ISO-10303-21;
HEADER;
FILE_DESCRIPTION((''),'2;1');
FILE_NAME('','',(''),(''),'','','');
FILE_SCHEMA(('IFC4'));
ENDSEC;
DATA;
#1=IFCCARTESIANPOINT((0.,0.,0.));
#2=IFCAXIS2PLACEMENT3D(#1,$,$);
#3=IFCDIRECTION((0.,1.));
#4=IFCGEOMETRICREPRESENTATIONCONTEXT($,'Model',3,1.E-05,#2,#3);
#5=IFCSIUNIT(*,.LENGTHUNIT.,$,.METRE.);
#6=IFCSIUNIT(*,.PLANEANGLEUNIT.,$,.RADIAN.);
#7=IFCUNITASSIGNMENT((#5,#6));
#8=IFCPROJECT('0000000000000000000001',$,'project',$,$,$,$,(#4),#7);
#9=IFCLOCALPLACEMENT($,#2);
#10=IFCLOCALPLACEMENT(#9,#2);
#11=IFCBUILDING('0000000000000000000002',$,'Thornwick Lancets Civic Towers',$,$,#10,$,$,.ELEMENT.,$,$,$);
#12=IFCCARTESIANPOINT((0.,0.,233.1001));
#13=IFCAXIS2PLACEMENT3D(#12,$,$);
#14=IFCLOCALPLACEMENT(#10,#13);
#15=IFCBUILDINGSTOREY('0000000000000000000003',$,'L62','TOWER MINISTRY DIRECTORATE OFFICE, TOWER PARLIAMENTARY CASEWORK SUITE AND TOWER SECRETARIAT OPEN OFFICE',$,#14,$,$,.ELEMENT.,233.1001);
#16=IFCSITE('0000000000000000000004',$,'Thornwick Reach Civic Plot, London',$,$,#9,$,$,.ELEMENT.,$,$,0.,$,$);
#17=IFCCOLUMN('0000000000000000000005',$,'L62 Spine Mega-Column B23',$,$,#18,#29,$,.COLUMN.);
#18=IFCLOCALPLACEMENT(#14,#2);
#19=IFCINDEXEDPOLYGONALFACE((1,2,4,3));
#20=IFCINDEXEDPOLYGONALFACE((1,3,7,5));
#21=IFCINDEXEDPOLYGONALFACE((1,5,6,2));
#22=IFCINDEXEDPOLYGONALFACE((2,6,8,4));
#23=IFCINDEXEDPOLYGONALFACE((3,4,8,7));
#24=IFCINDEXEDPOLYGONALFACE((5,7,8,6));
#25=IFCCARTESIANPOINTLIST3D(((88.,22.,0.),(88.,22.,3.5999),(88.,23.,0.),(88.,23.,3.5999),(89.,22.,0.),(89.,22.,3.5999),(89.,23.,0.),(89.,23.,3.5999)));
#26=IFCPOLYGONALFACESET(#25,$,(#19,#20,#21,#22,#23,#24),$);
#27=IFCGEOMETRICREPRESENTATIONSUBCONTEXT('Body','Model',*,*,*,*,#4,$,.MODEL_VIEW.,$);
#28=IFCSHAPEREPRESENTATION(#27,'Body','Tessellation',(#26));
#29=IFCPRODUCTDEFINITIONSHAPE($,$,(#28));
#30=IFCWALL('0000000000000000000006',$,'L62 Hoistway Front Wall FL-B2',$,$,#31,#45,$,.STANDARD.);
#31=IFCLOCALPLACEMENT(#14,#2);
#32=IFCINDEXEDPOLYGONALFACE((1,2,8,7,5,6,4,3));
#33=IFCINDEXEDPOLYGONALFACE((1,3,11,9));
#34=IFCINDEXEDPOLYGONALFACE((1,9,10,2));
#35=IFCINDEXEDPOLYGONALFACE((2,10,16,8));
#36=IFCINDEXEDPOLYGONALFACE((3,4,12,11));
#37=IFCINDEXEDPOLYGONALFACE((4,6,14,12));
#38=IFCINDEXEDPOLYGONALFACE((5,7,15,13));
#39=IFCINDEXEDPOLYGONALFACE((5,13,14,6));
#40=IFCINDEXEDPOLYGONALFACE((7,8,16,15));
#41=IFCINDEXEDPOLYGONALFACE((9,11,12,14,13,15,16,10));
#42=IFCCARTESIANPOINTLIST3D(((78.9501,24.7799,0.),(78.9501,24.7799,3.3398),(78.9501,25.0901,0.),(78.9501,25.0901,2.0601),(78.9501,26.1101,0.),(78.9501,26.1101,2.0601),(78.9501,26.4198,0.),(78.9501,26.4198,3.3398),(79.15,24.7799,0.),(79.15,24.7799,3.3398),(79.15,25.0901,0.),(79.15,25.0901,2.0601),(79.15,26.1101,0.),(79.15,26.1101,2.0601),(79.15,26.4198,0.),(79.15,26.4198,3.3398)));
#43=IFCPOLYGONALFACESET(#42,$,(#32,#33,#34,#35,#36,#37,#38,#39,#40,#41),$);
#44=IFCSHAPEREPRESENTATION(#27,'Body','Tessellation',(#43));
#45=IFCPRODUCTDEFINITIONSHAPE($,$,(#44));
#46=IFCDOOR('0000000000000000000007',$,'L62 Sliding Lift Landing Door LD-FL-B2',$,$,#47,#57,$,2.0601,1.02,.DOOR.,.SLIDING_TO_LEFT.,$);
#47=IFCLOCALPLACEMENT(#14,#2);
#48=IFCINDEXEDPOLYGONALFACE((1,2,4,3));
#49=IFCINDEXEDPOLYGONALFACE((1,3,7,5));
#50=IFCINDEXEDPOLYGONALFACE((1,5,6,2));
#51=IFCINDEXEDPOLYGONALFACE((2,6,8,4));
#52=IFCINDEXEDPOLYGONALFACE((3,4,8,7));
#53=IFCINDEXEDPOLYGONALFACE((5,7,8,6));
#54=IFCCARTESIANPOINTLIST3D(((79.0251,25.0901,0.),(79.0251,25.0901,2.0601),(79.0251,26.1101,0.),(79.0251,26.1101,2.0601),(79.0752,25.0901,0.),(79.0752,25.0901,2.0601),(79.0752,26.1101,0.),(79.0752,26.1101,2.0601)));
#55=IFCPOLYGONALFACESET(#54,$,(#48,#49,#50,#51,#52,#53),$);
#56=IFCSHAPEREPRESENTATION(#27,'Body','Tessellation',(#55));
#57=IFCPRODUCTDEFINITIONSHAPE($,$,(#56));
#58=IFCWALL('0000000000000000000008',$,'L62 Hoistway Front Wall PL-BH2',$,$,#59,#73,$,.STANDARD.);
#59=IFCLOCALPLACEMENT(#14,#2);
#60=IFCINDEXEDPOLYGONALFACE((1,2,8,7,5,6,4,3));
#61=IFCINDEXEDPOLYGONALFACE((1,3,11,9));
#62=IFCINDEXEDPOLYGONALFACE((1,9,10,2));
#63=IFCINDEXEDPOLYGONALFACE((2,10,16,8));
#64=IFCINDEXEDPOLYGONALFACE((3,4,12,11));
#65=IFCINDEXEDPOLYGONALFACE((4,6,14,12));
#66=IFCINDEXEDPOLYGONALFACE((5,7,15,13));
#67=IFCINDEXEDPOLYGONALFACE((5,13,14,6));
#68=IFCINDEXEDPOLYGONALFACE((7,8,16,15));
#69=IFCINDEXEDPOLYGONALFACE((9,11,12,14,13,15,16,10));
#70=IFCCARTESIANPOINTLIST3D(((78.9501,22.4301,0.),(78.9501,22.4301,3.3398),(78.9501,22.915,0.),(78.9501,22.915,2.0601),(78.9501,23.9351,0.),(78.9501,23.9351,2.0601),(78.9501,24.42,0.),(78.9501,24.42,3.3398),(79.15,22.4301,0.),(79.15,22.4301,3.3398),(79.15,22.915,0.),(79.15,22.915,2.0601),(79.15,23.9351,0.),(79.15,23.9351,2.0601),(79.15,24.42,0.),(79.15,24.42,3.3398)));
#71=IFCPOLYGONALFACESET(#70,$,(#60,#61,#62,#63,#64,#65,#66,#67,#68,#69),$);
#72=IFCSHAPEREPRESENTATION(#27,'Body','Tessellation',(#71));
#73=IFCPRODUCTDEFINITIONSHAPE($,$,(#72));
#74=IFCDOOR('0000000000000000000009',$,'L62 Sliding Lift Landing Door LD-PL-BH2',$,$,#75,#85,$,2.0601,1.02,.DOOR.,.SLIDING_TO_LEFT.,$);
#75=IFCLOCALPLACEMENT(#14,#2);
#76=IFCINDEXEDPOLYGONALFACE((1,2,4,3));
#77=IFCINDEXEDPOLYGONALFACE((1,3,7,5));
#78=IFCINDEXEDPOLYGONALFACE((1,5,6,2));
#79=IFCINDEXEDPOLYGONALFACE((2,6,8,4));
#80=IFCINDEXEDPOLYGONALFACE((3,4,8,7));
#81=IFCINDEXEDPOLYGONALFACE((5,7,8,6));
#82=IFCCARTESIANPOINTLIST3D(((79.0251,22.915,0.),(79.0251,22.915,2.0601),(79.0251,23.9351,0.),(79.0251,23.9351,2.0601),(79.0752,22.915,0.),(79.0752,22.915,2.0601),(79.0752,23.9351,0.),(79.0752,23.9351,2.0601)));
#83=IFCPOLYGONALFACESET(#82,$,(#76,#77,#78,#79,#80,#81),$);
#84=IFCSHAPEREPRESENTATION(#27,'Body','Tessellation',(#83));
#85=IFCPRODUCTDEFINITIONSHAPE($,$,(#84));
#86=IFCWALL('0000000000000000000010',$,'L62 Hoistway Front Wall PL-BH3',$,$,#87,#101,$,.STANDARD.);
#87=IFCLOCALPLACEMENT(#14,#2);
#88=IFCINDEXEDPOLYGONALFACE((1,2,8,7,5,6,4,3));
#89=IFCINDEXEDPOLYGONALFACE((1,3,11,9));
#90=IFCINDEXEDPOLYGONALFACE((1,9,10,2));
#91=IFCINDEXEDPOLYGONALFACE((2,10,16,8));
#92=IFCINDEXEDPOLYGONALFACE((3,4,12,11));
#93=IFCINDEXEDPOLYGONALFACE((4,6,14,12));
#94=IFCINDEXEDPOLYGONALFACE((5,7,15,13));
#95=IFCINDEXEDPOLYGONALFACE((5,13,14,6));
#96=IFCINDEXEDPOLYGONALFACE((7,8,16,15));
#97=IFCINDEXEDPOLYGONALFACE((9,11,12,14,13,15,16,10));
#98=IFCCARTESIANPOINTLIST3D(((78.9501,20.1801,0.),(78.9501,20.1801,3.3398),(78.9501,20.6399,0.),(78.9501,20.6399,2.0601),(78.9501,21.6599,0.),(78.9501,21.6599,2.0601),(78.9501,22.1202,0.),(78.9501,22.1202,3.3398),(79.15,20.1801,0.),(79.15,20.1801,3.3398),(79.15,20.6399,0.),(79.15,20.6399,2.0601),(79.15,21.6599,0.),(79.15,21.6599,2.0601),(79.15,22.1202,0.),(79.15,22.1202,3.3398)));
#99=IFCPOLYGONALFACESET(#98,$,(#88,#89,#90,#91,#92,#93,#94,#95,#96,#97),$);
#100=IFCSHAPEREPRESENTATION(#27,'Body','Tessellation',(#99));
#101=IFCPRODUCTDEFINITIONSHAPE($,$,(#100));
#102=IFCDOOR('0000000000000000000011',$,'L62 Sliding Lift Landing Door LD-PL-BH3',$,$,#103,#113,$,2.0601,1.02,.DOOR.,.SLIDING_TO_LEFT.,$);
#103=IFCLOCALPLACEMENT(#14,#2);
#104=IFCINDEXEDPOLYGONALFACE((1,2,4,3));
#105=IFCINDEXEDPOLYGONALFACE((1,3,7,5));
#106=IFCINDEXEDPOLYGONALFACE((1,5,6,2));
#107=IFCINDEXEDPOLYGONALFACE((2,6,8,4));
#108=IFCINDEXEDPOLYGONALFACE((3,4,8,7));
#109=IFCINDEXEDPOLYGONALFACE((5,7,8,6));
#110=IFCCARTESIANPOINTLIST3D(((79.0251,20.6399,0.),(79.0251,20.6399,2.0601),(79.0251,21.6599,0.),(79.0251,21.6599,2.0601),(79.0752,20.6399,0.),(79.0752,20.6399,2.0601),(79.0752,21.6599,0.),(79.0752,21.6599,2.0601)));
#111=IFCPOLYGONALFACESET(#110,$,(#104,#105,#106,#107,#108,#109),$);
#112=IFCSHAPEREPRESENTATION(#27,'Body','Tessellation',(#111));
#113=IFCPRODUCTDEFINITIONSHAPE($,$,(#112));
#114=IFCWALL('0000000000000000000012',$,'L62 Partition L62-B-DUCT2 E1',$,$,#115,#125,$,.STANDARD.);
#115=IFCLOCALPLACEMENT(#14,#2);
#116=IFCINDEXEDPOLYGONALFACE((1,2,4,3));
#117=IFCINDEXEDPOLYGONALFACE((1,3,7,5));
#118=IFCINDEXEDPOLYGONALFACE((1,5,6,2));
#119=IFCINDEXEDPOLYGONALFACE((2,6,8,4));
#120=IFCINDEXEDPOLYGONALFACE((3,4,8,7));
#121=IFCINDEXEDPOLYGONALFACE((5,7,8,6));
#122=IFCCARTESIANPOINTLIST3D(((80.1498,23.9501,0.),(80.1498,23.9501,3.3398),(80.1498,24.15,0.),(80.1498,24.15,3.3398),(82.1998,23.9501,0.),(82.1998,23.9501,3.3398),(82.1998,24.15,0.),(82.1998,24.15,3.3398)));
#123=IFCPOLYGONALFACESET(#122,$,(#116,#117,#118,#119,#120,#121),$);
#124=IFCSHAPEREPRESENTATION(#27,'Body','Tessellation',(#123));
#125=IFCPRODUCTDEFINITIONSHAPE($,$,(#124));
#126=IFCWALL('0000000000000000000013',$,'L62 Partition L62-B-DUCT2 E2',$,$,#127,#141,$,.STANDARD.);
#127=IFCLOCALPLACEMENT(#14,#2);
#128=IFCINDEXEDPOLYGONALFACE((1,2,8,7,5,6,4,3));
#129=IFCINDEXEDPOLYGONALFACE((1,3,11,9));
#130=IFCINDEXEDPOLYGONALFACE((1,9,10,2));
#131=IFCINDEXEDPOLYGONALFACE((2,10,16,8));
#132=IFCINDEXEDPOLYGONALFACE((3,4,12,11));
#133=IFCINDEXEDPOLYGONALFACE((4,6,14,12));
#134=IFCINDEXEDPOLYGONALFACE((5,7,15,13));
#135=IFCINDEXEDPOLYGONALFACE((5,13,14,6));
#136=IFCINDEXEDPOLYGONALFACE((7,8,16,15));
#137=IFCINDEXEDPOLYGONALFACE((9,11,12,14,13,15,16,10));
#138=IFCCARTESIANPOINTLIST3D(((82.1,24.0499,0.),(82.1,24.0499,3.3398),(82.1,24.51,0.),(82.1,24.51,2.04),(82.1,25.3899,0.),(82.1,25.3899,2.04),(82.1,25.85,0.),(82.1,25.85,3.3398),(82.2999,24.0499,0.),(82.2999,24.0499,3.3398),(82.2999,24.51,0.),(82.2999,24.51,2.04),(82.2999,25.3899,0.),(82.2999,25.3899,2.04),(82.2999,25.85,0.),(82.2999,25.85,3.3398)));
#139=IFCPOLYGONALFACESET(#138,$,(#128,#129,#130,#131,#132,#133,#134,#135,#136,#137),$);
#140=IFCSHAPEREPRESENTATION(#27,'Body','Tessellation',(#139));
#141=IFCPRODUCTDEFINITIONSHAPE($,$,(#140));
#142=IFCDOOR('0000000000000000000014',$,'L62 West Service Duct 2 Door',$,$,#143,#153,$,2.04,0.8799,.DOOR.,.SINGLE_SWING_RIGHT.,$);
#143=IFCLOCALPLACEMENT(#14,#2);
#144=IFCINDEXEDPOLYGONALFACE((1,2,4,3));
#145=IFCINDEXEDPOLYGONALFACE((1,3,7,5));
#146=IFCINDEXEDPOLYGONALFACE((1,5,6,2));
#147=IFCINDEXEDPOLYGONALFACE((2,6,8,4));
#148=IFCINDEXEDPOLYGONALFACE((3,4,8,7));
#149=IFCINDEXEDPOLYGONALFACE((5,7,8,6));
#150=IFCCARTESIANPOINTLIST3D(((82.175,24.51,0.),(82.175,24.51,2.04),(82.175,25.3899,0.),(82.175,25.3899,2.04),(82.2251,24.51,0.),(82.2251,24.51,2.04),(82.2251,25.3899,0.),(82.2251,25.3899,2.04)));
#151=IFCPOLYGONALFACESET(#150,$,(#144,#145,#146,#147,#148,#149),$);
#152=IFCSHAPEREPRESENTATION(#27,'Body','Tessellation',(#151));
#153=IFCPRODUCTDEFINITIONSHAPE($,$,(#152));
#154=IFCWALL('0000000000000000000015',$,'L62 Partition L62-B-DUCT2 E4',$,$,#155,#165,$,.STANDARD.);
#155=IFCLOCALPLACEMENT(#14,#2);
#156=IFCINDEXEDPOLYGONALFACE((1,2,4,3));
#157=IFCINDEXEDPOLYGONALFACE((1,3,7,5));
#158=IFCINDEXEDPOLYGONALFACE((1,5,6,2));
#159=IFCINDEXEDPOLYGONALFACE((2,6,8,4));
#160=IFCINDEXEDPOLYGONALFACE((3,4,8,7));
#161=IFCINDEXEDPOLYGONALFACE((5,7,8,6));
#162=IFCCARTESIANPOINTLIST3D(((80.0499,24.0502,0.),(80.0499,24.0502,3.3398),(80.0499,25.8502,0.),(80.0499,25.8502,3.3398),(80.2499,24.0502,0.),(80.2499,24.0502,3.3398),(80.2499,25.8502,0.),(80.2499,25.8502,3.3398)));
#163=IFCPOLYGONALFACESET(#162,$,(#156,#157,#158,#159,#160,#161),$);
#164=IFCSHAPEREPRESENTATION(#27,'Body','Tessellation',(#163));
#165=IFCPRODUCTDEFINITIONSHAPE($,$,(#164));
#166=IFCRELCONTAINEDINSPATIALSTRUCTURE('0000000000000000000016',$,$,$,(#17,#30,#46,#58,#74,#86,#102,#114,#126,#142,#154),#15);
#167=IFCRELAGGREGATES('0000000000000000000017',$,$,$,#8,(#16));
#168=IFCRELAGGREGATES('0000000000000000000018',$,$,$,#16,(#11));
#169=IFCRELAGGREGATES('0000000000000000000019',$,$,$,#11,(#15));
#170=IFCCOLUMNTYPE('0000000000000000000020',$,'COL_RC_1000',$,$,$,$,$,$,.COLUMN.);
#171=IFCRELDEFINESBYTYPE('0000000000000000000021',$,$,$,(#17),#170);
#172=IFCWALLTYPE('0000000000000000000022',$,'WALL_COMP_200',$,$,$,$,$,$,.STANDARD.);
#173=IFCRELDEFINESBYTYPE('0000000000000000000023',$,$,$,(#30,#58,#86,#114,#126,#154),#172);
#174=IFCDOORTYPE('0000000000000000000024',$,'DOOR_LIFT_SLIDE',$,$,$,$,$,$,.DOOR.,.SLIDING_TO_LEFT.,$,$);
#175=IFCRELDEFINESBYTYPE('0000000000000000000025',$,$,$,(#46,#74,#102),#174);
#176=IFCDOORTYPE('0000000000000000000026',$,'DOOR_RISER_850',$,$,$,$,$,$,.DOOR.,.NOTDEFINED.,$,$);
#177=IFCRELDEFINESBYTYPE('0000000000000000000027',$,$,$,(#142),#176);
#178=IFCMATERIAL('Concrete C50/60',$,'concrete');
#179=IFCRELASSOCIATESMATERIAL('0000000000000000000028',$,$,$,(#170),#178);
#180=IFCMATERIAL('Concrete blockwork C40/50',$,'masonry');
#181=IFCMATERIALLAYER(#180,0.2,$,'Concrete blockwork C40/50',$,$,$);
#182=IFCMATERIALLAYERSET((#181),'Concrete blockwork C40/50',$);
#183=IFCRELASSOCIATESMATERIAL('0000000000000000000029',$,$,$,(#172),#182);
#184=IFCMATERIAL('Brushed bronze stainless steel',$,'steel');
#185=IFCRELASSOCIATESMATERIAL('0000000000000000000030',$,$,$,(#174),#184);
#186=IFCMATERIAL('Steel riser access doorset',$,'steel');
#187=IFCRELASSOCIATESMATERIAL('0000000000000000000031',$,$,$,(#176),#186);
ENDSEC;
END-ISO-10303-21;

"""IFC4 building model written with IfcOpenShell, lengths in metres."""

from ifc_helpers import new_model, si_unit, direction, frame, frame_2d, origin, origin_2d, place, context, subcontext, project, spatial, rectangle, extrude, material, layer, layer_set, material_profile, profile_set, type_object, element, fill, save


model = new_model("IFC4")

# Units and contexts
model_context = context("Model", 3, precision=1e-05, world=origin(), true_north=direction((0.0, 1.0)))
body_context = subcontext(model_context, "Body", "Model", "MODEL_VIEW")
ifc_project = project(units=[si_unit("LENGTHUNIT", "METRE"), si_unit("PLANEANGLEUNIT", "RADIAN")], contexts=[model_context])

# Site, building, storey
site_placement = place(None, origin())
site = spatial("IfcSite", under=ifc_project, at=site_placement, Name="Thornwick Reach Civic Plot, London", CompositionType="ELEMENT", RefElevation=0.0)
building_placement = place(site_placement, origin())
building = spatial("IfcBuilding", under=site, at=building_placement, Name="Thornwick Lancets Civic Towers", CompositionType="ELEMENT")
storey_placement = place(building_placement, frame((0.0, 0.0, 233.1001)))
storey = spatial("IfcBuildingStorey", under=building, at=storey_placement, Name="L62", Description="TOWER MINISTRY DIRECTORATE OFFICE, TOWER PARLIAMENTARY CASEWORK SUITE AND TOWER SECRETARIAT OPEN OFFICE", CompositionType="ELEMENT", Elevation=233.1001)

# Column
ifc_material_1 = material(Name="Concrete C50/60", Category="concrete")
ifc_material_profile = material_profile(ifc_material_1, rectangle(XDim=1.0, YDim=1.0, at=origin_2d()), Name="RC 1000x1000")
ifc_profile_set = profile_set([ifc_material_profile], Name="Concrete C50/60")
column_type = type_object("IfcColumnType", Name="COL_RC_1000", PredefinedType="COLUMN", material=ifc_profile_set)
column_placement = place(storey_placement, frame((88.5, 22.5, 0.0), z_axis=(0.0, 0.0, 1.0), x_axis=(1.0, 0.0, 0.0)))
element("IfcColumn", 1, at=column_placement, inside=storey, type_object=column_type, Name="L62 Spine Mega-Column B23", PredefinedType="COLUMN", context=body_context, shape_type="SweptSolid", body=[
    extrude(rectangle(XDim=1.0, YDim=1.0, at=origin_2d()), origin(), (0.0, 0.0, 1.0), 3.5999),
])

# Walls, openings, doors
ifc_material_2 = material(Name="Concrete blockwork C40/50", Category="masonry")
ifc_layer_1 = layer(ifc_material_2, 0.2, Name="Concrete blockwork C40/50")
ifc_layer_set_1 = layer_set([ifc_layer_1], Name="Concrete blockwork C40/50")
wall_type_1 = type_object("IfcWallType", Name="WALL_COMP_200", PredefinedType="STANDARD", material=ifc_layer_set_1)
wall_1_placement = place(storey_placement, frame((79.05, 24.78, 0.0), z_axis=(0.0, 0.0, 1.0), x_axis=(0.0, 1.0, 0.0)))
wall_1 = element("IfcWall", 2, at=wall_1_placement, inside=storey, type_object=wall_type_1, Name="L62 Hoistway Front Wall FL-B2", PredefinedType="STANDARD", context=body_context, shape_type="SweptSolid", body=[
    extrude(rectangle(XDim=1.6399, YDim=0.2, at=frame_2d((0.8198, 0.0))), origin(), (0.0, 0.0, 1.0), 3.3398),
])
opening_1_placement = place(wall_1_placement, frame((0.3101, 0.0, 0.0)))
opening_1 = element("IfcOpeningElement", 3, at=opening_1_placement, cuts=wall_1, PredefinedType="OPENING", context=body_context, shape_type="SweptSolid", body=[
    extrude(rectangle(XDim=1.02, YDim=2.0601, at=frame_2d((0.51, 1.03))), frame((0.0, 0.1099, 0.0), z_axis=(0.0, -1.0, 0.0), x_axis=(1.0, 0.0, 0.0)), (0.0, 0.0, 1.0), 0.22),
])
ifc_material_3 = material(Name="Brushed bronze stainless steel", Category="steel")
door_type_1 = type_object("IfcDoorType", Name="DOOR_LIFT_SLIDE", OperationType="SLIDING_TO_LEFT", PredefinedType="DOOR", material=ifc_material_3)
door_1_placement = place(opening_1_placement, origin())
door_1 = element("IfcDoor", 4, at=door_1_placement, inside=storey, type_object=door_type_1, Name="L62 Sliding Lift Landing Door LD-FL-B2", OperationType="SLIDING_TO_LEFT", OverallHeight=2.0601, OverallWidth=1.02, PredefinedType="DOOR", context=body_context, shape_type="SweptSolid", body=[
    extrude(rectangle(XDim=1.02, YDim=2.0601, at=frame_2d((0.51, 1.03))), frame((0.0, 0.0249, 0.0), z_axis=(0.0, -1.0, 0.0), x_axis=(1.0, 0.0, 0.0)), (0.0, 0.0, 1.0), 0.05),
])
fill(opening_1, door_1)
wall_2_placement = place(storey_placement, frame((79.05, 22.4299, 0.0), z_axis=(0.0, 0.0, 1.0), x_axis=(0.0, 1.0, 0.0)))
wall_2 = element("IfcWall", 5, at=wall_2_placement, inside=storey, type_object=wall_type_1, Name="L62 Hoistway Front Wall PL-BH2", PredefinedType="STANDARD", context=body_context, shape_type="SweptSolid", body=[
    extrude(rectangle(XDim=1.99, YDim=0.2, at=frame_2d((0.9951, 0.0))), origin(), (0.0, 0.0, 1.0), 3.3398),
])
opening_2_placement = place(wall_2_placement, frame((0.4851, 0.0, 0.0)))
opening_2 = element("IfcOpeningElement", 6, at=opening_2_placement, cuts=wall_2, PredefinedType="OPENING", context=body_context, shape_type="SweptSolid", body=[
    extrude(rectangle(XDim=1.02, YDim=2.0601, at=frame_2d((0.51, 1.03))), frame((0.0, 0.1099, 0.0), z_axis=(0.0, -1.0, 0.0), x_axis=(1.0, 0.0, 0.0)), (0.0, 0.0, 1.0), 0.22),
])
door_2_placement = place(opening_2_placement, origin())
door_2 = element("IfcDoor", 7, at=door_2_placement, inside=storey, type_object=door_type_1, Name="L62 Sliding Lift Landing Door LD-PL-BH2", OperationType="SLIDING_TO_LEFT", OverallHeight=2.0601, OverallWidth=1.02, PredefinedType="DOOR", context=body_context, shape_type="SweptSolid", body=[
    extrude(rectangle(XDim=1.02, YDim=2.0601, at=frame_2d((0.51, 1.03))), frame((0.0, 0.0249, 0.0), z_axis=(0.0, -1.0, 0.0), x_axis=(1.0, 0.0, 0.0)), (0.0, 0.0, 1.0), 0.05),
])
fill(opening_2, door_2)
wall_3_placement = place(storey_placement, frame((79.05, 20.1799, 0.0), z_axis=(0.0, 0.0, 1.0), x_axis=(0.0, 1.0, 0.0)))
wall_3 = element("IfcWall", 8, at=wall_3_placement, inside=storey, type_object=wall_type_1, Name="L62 Hoistway Front Wall PL-BH3", PredefinedType="STANDARD", context=body_context, shape_type="SweptSolid", body=[
    extrude(rectangle(XDim=1.9402, YDim=0.2, at=frame_2d((0.9702, 0.0))), origin(), (0.0, 0.0, 1.0), 3.3398),
])
opening_3_placement = place(wall_3_placement, frame((0.46, 0.0, 0.0)))
opening_3 = element("IfcOpeningElement", 9, at=opening_3_placement, cuts=wall_3, PredefinedType="OPENING", context=body_context, shape_type="SweptSolid", body=[
    extrude(rectangle(XDim=1.02, YDim=2.0601, at=frame_2d((0.51, 1.03))), frame((0.0, 0.1099, 0.0), z_axis=(0.0, -1.0, 0.0), x_axis=(1.0, 0.0, 0.0)), (0.0, 0.0, 1.0), 0.22),
])
door_3_placement = place(opening_3_placement, origin())
door_3 = element("IfcDoor", 10, at=door_3_placement, inside=storey, type_object=door_type_1, Name="L62 Sliding Lift Landing Door LD-PL-BH3", OperationType="SLIDING_TO_LEFT", OverallHeight=2.0601, OverallWidth=1.02, PredefinedType="DOOR", context=body_context, shape_type="SweptSolid", body=[
    extrude(rectangle(XDim=1.02, YDim=2.0601, at=frame_2d((0.51, 1.03))), frame((0.0, 0.0249, 0.0), z_axis=(0.0, -1.0, 0.0), x_axis=(1.0, 0.0, 0.0)), (0.0, 0.0, 1.0), 0.05),
])
fill(opening_3, door_3)

# Wall
wall_4_placement = place(storey_placement, frame((80.1499, 24.05, 0.0), z_axis=(0.0, 0.0, 1.0), x_axis=(1.0, 0.0, 0.0)))
element("IfcWall", 11, at=wall_4_placement, inside=storey, type_object=wall_type_1, Name="L62 Partition L62-B-DUCT2 E1", PredefinedType="STANDARD", context=body_context, shape_type="SweptSolid", body=[
    extrude(rectangle(XDim=2.05, YDim=0.2, at=frame_2d((1.0249, 0.0))), origin(), (0.0, 0.0, 1.0), 3.3398),
])

# Wall, opening, door
wall_5_placement = place(storey_placement, frame((82.2, 24.05, 0.0), z_axis=(0.0, 0.0, 1.0), x_axis=(0.0, 1.0, 0.0)))
wall_5 = element("IfcWall", 12, at=wall_5_placement, inside=storey, type_object=wall_type_1, Name="L62 Partition L62-B-DUCT2 E2", PredefinedType="STANDARD", context=body_context, shape_type="SweptSolid", body=[
    extrude(rectangle(XDim=1.8, YDim=0.2, at=frame_2d((0.8999, 0.0))), origin(), (0.0, 0.0, 1.0), 3.3398),
])
opening_4_placement = place(wall_5_placement, frame((0.46, 0.0, 0.0)))
opening_4 = element("IfcOpeningElement", 13, at=opening_4_placement, cuts=wall_5, PredefinedType="OPENING", context=body_context, shape_type="SweptSolid", body=[
    extrude(rectangle(XDim=0.8799, YDim=2.04, at=frame_2d((0.4399, 1.02))), frame((0.0, 0.1099, 0.0), z_axis=(0.0, -1.0, 0.0), x_axis=(1.0, 0.0, 0.0)), (0.0, 0.0, 1.0), 0.22),
])
ifc_material_4 = material(Name="Steel riser access doorset", Category="steel")
door_type_2 = type_object("IfcDoorType", Name="DOOR_RISER_850", OperationType="NOTDEFINED", PredefinedType="DOOR", material=ifc_material_4)
door_4_placement = place(opening_4_placement, origin())
door_4 = element("IfcDoor", 14, at=door_4_placement, inside=storey, type_object=door_type_2, Name="L62 West Service Duct 2 Door", OperationType="SINGLE_SWING_RIGHT", OverallHeight=2.04, OverallWidth=0.8799, PredefinedType="DOOR", context=body_context, shape_type="SweptSolid", body=[
    extrude(rectangle(XDim=0.8799, YDim=2.04, at=frame_2d((0.4399, 1.02))), frame((0.0, 0.0249, 0.0), z_axis=(0.0, -1.0, 0.0), x_axis=(1.0, 0.0, 0.0)), (0.0, 0.0, 1.0), 0.05),
])
fill(opening_4, door_4)

# Wall
wall_6_placement = place(storey_placement, frame((80.1499, 25.8501, 0.0), z_axis=(0.0, 0.0, 1.0), x_axis=(0.0, -1.0, 0.0)))
element("IfcWall", 15, at=wall_6_placement, inside=storey, type_object=wall_type_1, Name="L62 Partition L62-B-DUCT2 E4", PredefinedType="STANDARD", context=body_context, shape_type="SweptSolid", body=[
    extrude(rectangle(XDim=1.8, YDim=0.2, at=frame_2d((0.8999, 0.0))), origin(), (0.0, 0.0, 1.0), 3.3398),
])

save(model, "model.ifc")
